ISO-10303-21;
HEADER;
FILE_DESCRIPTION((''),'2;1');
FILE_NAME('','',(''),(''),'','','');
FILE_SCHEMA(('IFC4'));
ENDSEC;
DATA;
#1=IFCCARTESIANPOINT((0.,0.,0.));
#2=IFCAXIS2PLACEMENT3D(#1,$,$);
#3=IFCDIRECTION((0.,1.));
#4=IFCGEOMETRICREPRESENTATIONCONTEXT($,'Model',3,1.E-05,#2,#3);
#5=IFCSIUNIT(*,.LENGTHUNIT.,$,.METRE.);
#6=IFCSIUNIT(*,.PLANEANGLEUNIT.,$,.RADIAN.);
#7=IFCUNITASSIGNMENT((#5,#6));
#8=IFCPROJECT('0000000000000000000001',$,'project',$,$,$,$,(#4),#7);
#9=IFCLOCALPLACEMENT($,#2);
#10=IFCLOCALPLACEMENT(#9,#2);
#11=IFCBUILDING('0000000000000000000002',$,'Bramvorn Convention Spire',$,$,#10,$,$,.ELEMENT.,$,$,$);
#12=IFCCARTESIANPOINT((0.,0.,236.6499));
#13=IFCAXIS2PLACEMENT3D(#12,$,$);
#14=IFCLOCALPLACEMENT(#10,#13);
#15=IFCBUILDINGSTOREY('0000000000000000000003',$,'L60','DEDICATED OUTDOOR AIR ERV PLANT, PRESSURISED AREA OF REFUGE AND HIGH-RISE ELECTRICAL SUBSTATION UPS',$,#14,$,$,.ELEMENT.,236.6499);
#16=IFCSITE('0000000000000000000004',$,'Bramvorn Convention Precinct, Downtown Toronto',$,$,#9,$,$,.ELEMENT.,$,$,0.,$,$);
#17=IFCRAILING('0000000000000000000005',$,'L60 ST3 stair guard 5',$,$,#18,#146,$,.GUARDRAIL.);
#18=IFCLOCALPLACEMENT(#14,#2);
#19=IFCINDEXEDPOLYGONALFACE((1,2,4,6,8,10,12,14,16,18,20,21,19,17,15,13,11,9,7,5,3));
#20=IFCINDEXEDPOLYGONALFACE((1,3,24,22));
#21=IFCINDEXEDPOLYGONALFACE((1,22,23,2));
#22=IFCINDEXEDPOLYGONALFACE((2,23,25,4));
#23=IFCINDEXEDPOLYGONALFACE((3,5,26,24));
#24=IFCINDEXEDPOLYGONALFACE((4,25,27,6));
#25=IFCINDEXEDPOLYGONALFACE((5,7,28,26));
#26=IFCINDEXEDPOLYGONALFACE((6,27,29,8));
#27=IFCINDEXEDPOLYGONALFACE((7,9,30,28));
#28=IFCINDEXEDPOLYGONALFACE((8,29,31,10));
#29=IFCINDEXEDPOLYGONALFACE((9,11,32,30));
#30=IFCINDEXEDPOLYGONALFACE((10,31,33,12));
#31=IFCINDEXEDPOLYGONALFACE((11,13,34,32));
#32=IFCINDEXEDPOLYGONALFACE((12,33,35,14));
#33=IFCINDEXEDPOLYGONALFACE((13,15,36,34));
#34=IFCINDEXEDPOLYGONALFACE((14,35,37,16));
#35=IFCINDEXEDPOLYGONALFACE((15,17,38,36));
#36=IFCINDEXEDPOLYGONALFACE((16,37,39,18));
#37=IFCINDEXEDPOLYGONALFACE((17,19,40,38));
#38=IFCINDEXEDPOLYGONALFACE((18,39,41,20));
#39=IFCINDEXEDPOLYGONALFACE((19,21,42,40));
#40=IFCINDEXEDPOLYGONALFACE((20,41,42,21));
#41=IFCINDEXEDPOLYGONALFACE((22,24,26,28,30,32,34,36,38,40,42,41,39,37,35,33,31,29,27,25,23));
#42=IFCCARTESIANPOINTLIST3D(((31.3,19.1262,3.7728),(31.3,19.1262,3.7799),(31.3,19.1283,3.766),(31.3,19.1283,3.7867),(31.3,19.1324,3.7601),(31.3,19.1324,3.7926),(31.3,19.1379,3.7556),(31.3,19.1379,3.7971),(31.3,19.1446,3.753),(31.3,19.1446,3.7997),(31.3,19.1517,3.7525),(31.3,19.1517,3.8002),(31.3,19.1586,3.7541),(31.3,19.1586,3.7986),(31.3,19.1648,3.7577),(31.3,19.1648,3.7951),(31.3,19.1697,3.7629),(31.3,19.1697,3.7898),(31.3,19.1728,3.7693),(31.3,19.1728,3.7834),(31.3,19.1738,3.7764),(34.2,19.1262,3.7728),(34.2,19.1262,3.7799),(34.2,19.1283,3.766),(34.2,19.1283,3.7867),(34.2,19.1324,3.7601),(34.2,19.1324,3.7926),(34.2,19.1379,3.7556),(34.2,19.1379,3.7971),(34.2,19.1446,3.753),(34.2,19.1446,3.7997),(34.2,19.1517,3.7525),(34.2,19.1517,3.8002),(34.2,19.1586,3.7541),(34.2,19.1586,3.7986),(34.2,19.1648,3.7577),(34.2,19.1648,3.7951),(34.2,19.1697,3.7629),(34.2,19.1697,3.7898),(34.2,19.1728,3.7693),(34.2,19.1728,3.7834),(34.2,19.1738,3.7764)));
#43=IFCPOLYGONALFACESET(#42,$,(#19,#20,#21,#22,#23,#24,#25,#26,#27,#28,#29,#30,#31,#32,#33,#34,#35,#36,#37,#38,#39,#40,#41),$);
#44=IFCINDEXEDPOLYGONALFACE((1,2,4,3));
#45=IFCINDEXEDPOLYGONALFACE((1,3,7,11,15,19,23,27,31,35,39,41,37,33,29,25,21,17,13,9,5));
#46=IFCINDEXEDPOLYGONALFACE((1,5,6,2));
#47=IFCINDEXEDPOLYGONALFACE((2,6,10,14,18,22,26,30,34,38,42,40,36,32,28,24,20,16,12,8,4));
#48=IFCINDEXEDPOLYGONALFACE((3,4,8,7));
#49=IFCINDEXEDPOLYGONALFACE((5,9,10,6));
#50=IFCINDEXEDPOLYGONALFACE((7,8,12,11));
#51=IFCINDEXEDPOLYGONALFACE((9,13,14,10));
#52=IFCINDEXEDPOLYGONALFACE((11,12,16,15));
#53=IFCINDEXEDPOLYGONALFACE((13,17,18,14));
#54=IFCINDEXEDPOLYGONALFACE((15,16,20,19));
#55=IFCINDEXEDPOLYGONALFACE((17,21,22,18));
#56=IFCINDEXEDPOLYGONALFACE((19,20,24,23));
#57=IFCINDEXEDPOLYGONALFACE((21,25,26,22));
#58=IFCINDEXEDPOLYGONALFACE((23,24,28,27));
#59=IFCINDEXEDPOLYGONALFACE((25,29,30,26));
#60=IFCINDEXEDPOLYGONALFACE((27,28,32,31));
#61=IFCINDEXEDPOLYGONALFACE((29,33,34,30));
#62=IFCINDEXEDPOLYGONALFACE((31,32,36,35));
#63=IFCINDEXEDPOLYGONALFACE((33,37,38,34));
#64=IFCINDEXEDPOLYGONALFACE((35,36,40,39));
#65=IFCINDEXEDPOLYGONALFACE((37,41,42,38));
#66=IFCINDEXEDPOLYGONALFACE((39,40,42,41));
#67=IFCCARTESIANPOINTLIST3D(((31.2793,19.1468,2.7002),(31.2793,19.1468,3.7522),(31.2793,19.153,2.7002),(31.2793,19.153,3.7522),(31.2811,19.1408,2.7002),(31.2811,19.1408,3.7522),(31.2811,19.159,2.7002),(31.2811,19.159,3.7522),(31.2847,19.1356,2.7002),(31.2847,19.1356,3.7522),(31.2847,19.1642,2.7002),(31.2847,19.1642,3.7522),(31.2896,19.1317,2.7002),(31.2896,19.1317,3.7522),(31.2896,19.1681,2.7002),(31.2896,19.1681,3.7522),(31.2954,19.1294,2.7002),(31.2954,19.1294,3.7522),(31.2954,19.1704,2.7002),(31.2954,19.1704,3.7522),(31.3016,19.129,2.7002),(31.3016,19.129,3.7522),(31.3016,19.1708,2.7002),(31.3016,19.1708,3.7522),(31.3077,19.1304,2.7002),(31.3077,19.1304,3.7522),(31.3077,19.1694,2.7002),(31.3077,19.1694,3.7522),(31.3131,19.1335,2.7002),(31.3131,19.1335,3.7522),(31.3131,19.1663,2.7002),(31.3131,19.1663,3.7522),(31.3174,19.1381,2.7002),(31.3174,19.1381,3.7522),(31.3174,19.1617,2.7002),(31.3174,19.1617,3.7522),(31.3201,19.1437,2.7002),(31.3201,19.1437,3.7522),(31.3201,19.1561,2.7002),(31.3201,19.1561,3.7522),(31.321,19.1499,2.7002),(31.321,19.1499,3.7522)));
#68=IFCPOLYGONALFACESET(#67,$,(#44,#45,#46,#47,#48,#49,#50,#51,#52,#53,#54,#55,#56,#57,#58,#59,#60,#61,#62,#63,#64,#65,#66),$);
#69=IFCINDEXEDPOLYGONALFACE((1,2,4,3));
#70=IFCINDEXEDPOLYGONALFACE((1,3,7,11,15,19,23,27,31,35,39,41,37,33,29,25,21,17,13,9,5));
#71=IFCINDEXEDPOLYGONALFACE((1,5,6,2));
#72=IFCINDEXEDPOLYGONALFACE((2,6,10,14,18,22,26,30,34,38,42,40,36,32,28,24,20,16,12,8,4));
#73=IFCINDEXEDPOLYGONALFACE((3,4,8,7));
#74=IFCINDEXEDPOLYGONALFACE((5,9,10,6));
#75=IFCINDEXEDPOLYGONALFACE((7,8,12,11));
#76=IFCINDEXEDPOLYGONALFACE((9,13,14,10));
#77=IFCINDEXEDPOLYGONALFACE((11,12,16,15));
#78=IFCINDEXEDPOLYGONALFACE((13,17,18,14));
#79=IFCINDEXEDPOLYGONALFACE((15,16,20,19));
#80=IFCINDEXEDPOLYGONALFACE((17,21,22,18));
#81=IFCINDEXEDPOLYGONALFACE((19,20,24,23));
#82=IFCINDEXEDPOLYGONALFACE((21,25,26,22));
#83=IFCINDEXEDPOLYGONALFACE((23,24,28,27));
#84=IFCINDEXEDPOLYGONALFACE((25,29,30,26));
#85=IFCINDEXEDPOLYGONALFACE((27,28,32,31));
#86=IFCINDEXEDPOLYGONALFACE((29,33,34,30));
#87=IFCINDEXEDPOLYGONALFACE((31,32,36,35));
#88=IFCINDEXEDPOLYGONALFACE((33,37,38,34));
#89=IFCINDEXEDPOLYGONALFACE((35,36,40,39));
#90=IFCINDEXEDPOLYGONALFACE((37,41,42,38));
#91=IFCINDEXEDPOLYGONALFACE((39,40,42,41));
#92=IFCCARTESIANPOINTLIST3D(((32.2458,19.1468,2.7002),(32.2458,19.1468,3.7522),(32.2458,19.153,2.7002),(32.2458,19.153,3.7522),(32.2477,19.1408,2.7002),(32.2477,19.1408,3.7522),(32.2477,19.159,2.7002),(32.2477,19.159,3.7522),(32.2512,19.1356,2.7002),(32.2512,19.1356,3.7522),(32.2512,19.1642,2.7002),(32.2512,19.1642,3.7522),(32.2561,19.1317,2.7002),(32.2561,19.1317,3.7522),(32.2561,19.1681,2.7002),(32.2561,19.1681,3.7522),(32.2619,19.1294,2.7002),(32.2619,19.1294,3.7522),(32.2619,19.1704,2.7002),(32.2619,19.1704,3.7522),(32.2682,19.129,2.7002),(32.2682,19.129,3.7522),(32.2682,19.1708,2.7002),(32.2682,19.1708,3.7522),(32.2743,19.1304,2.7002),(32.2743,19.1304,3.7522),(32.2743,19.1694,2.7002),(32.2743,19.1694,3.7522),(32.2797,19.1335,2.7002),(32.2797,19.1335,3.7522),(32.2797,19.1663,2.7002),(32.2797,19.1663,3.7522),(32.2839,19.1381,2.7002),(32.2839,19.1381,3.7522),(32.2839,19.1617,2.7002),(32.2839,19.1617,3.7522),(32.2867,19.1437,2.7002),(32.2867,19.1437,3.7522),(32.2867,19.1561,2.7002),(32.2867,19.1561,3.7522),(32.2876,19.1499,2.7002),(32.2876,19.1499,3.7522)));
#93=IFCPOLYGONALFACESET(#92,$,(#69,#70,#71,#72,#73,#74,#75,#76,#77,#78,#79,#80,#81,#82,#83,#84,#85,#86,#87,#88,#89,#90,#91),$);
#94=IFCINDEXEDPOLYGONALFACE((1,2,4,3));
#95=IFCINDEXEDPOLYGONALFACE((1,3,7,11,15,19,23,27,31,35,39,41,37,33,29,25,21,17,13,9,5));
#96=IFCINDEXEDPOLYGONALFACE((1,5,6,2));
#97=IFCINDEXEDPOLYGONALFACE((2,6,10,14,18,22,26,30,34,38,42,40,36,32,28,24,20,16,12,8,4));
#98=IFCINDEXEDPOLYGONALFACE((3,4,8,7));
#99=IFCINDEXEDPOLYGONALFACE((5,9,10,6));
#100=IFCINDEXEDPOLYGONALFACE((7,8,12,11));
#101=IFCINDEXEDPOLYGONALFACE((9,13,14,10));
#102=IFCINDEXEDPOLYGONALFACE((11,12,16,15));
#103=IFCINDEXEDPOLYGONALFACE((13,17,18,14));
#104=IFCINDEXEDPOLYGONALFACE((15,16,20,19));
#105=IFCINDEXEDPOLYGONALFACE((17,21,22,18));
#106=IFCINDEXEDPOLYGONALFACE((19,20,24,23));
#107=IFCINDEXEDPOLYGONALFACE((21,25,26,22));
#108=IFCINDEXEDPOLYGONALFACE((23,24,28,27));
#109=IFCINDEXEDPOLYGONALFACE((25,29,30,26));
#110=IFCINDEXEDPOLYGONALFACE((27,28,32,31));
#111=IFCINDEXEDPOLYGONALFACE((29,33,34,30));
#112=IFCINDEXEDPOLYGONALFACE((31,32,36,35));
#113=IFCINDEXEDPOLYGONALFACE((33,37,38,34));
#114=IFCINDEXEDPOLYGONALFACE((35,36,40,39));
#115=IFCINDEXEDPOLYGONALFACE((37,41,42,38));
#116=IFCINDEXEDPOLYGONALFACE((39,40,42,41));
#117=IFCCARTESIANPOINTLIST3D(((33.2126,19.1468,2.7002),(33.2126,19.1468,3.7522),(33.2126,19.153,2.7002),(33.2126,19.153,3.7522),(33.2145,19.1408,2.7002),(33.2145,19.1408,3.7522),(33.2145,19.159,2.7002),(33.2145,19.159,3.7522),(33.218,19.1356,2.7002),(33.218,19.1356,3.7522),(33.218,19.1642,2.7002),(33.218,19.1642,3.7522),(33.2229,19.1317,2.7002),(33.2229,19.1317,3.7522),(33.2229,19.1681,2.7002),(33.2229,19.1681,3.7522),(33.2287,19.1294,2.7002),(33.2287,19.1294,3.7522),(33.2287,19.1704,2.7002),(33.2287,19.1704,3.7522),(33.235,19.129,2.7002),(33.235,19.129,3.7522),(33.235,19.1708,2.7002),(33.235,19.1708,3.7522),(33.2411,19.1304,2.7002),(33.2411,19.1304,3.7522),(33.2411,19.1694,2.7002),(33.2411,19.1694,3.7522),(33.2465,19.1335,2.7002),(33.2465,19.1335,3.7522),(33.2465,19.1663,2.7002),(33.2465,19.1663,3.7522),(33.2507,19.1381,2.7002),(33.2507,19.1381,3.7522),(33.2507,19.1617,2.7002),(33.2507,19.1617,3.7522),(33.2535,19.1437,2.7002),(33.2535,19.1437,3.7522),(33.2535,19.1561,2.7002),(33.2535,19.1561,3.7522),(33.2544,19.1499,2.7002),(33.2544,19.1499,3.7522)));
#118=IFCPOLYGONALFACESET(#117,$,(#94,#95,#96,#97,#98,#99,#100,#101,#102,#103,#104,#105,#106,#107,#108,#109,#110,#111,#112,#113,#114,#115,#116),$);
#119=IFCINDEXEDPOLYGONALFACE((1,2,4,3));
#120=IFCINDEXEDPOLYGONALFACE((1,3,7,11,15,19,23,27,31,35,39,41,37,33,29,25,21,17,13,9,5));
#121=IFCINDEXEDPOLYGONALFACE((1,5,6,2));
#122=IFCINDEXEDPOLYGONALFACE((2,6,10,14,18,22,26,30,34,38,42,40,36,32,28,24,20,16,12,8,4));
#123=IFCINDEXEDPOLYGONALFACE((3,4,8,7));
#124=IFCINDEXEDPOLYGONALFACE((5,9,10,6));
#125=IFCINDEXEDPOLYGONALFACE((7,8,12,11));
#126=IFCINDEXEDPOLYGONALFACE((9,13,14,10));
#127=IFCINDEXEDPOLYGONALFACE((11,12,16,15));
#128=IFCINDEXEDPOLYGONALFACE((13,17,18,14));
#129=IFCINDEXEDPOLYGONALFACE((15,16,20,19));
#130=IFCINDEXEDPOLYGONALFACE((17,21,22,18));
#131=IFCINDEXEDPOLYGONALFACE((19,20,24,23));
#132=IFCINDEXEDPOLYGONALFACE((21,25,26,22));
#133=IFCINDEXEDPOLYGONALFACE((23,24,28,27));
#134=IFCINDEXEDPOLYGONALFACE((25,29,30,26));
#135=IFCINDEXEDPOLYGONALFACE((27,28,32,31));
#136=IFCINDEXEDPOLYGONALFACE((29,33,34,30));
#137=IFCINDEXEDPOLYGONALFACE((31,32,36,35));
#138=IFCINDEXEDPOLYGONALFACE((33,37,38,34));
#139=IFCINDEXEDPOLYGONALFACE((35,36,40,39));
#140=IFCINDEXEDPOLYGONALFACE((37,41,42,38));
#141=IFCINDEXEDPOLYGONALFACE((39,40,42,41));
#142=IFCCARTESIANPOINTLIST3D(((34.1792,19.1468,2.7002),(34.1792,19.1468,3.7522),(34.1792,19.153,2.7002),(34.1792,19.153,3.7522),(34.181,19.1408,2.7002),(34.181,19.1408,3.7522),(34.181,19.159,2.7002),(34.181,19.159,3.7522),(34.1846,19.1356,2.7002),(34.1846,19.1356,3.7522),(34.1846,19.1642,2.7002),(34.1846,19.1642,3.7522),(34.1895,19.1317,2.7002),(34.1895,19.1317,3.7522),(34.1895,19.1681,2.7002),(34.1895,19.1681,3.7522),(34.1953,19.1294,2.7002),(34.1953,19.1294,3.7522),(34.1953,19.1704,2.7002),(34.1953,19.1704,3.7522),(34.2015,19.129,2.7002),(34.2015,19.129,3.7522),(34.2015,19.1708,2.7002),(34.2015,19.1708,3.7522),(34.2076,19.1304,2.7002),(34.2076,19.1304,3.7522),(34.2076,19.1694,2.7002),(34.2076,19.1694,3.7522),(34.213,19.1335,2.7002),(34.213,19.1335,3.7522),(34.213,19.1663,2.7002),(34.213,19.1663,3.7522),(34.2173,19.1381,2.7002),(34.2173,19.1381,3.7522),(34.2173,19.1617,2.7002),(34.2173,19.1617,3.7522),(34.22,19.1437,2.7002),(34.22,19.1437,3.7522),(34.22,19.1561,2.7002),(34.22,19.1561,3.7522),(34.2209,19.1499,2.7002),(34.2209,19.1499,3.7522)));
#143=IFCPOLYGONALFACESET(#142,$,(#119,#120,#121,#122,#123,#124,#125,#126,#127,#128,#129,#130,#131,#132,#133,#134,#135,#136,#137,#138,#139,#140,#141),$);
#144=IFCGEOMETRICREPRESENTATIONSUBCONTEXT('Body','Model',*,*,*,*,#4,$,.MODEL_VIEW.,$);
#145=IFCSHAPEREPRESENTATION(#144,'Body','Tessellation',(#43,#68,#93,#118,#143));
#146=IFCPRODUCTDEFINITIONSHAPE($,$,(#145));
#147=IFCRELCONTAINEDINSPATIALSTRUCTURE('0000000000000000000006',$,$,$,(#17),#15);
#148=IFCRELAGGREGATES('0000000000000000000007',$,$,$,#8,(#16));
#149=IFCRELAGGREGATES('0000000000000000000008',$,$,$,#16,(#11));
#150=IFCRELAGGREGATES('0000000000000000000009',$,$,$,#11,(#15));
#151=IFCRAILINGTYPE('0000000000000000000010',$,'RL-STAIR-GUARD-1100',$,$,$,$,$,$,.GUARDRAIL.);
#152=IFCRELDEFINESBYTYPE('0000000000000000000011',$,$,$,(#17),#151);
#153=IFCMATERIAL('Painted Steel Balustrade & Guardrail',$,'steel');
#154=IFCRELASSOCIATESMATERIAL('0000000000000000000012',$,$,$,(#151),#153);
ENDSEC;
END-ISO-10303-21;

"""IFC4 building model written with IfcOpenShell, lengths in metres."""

from ifc_helpers import new_model, si_unit, direction, frame, origin, origin_2d, place, context, subcontext, project, spatial, circle, extrude, material, type_object, element, save


model = new_model("IFC4")

# Units and contexts
model_context = context("Model", 3, precision=1e-05, world=origin(), true_north=direction((0.0, 1.0)))
body_context = subcontext(model_context, "Body", "Model", "MODEL_VIEW")
ifc_project = project(units=[si_unit("LENGTHUNIT", "METRE"), si_unit("PLANEANGLEUNIT", "RADIAN")], contexts=[model_context])

# Site, building, storey
site_placement = place(None, origin())
site = spatial("IfcSite", under=ifc_project, at=site_placement, Name="Bramvorn Convention Precinct, Downtown Toronto", CompositionType="ELEMENT", RefElevation=0.0)
building_placement = place(site_placement, origin())
building = spatial("IfcBuilding", under=site, at=building_placement, Name="Bramvorn Convention Spire", CompositionType="ELEMENT")
storey_placement = place(building_placement, frame((0.0, 0.0, 236.6499)))
storey = spatial("IfcBuildingStorey", under=building, at=storey_placement, Name="L60", Description="DEDICATED OUTDOOR AIR ERV PLANT, PRESSURISED AREA OF REFUGE AND HIGH-RISE ELECTRICAL SUBSTATION UPS", CompositionType="ELEMENT", Elevation=236.6499)

# Railing
ifc_material_1 = material(Name="Painted Steel Balustrade & Guardrail", Category="steel")
railing_type = type_object("IfcRailingType", Name="RL-STAIR-GUARD-1100", PredefinedType="GUARDRAIL", material=ifc_material_1)
railing_1_placement = place(storey_placement, frame((31.3, 19.1499, 2.7002)))
element("IfcRailing", 1, at=railing_1_placement, inside=storey, type_object=railing_type, Name="L60 ST3 stair guard 5", PredefinedType="GUARDRAIL", context=body_context, shape_type="SweptSolid", body=[
    extrude(circle(Radius=0.0239, at=origin_2d()), frame((0.0, 0.0, 1.0762), z_axis=(1.0, 0.0, 0.0), x_axis=(0.0, 1.0, 0.0)), (0.0, 0.0, 1.0), 2.8999),
    extrude(circle(Radius=0.021, at=origin_2d()), origin(), (0.0, 0.0, 1.0), 1.052),
    extrude(circle(Radius=0.021, at=origin_2d()), frame((0.9666, 0.0, 0.0)), (0.0, 0.0, 1.0), 1.052),
    extrude(circle(Radius=0.021, at=origin_2d()), frame((1.9333, 0.0, 0.0)), (0.0, 0.0, 1.0), 1.052),
    extrude(circle(Radius=0.021, at=origin_2d()), frame((2.8999, 0.0, 0.0)), (0.0, 0.0, 1.0), 1.052),
])

save(model, "model.ifc")
